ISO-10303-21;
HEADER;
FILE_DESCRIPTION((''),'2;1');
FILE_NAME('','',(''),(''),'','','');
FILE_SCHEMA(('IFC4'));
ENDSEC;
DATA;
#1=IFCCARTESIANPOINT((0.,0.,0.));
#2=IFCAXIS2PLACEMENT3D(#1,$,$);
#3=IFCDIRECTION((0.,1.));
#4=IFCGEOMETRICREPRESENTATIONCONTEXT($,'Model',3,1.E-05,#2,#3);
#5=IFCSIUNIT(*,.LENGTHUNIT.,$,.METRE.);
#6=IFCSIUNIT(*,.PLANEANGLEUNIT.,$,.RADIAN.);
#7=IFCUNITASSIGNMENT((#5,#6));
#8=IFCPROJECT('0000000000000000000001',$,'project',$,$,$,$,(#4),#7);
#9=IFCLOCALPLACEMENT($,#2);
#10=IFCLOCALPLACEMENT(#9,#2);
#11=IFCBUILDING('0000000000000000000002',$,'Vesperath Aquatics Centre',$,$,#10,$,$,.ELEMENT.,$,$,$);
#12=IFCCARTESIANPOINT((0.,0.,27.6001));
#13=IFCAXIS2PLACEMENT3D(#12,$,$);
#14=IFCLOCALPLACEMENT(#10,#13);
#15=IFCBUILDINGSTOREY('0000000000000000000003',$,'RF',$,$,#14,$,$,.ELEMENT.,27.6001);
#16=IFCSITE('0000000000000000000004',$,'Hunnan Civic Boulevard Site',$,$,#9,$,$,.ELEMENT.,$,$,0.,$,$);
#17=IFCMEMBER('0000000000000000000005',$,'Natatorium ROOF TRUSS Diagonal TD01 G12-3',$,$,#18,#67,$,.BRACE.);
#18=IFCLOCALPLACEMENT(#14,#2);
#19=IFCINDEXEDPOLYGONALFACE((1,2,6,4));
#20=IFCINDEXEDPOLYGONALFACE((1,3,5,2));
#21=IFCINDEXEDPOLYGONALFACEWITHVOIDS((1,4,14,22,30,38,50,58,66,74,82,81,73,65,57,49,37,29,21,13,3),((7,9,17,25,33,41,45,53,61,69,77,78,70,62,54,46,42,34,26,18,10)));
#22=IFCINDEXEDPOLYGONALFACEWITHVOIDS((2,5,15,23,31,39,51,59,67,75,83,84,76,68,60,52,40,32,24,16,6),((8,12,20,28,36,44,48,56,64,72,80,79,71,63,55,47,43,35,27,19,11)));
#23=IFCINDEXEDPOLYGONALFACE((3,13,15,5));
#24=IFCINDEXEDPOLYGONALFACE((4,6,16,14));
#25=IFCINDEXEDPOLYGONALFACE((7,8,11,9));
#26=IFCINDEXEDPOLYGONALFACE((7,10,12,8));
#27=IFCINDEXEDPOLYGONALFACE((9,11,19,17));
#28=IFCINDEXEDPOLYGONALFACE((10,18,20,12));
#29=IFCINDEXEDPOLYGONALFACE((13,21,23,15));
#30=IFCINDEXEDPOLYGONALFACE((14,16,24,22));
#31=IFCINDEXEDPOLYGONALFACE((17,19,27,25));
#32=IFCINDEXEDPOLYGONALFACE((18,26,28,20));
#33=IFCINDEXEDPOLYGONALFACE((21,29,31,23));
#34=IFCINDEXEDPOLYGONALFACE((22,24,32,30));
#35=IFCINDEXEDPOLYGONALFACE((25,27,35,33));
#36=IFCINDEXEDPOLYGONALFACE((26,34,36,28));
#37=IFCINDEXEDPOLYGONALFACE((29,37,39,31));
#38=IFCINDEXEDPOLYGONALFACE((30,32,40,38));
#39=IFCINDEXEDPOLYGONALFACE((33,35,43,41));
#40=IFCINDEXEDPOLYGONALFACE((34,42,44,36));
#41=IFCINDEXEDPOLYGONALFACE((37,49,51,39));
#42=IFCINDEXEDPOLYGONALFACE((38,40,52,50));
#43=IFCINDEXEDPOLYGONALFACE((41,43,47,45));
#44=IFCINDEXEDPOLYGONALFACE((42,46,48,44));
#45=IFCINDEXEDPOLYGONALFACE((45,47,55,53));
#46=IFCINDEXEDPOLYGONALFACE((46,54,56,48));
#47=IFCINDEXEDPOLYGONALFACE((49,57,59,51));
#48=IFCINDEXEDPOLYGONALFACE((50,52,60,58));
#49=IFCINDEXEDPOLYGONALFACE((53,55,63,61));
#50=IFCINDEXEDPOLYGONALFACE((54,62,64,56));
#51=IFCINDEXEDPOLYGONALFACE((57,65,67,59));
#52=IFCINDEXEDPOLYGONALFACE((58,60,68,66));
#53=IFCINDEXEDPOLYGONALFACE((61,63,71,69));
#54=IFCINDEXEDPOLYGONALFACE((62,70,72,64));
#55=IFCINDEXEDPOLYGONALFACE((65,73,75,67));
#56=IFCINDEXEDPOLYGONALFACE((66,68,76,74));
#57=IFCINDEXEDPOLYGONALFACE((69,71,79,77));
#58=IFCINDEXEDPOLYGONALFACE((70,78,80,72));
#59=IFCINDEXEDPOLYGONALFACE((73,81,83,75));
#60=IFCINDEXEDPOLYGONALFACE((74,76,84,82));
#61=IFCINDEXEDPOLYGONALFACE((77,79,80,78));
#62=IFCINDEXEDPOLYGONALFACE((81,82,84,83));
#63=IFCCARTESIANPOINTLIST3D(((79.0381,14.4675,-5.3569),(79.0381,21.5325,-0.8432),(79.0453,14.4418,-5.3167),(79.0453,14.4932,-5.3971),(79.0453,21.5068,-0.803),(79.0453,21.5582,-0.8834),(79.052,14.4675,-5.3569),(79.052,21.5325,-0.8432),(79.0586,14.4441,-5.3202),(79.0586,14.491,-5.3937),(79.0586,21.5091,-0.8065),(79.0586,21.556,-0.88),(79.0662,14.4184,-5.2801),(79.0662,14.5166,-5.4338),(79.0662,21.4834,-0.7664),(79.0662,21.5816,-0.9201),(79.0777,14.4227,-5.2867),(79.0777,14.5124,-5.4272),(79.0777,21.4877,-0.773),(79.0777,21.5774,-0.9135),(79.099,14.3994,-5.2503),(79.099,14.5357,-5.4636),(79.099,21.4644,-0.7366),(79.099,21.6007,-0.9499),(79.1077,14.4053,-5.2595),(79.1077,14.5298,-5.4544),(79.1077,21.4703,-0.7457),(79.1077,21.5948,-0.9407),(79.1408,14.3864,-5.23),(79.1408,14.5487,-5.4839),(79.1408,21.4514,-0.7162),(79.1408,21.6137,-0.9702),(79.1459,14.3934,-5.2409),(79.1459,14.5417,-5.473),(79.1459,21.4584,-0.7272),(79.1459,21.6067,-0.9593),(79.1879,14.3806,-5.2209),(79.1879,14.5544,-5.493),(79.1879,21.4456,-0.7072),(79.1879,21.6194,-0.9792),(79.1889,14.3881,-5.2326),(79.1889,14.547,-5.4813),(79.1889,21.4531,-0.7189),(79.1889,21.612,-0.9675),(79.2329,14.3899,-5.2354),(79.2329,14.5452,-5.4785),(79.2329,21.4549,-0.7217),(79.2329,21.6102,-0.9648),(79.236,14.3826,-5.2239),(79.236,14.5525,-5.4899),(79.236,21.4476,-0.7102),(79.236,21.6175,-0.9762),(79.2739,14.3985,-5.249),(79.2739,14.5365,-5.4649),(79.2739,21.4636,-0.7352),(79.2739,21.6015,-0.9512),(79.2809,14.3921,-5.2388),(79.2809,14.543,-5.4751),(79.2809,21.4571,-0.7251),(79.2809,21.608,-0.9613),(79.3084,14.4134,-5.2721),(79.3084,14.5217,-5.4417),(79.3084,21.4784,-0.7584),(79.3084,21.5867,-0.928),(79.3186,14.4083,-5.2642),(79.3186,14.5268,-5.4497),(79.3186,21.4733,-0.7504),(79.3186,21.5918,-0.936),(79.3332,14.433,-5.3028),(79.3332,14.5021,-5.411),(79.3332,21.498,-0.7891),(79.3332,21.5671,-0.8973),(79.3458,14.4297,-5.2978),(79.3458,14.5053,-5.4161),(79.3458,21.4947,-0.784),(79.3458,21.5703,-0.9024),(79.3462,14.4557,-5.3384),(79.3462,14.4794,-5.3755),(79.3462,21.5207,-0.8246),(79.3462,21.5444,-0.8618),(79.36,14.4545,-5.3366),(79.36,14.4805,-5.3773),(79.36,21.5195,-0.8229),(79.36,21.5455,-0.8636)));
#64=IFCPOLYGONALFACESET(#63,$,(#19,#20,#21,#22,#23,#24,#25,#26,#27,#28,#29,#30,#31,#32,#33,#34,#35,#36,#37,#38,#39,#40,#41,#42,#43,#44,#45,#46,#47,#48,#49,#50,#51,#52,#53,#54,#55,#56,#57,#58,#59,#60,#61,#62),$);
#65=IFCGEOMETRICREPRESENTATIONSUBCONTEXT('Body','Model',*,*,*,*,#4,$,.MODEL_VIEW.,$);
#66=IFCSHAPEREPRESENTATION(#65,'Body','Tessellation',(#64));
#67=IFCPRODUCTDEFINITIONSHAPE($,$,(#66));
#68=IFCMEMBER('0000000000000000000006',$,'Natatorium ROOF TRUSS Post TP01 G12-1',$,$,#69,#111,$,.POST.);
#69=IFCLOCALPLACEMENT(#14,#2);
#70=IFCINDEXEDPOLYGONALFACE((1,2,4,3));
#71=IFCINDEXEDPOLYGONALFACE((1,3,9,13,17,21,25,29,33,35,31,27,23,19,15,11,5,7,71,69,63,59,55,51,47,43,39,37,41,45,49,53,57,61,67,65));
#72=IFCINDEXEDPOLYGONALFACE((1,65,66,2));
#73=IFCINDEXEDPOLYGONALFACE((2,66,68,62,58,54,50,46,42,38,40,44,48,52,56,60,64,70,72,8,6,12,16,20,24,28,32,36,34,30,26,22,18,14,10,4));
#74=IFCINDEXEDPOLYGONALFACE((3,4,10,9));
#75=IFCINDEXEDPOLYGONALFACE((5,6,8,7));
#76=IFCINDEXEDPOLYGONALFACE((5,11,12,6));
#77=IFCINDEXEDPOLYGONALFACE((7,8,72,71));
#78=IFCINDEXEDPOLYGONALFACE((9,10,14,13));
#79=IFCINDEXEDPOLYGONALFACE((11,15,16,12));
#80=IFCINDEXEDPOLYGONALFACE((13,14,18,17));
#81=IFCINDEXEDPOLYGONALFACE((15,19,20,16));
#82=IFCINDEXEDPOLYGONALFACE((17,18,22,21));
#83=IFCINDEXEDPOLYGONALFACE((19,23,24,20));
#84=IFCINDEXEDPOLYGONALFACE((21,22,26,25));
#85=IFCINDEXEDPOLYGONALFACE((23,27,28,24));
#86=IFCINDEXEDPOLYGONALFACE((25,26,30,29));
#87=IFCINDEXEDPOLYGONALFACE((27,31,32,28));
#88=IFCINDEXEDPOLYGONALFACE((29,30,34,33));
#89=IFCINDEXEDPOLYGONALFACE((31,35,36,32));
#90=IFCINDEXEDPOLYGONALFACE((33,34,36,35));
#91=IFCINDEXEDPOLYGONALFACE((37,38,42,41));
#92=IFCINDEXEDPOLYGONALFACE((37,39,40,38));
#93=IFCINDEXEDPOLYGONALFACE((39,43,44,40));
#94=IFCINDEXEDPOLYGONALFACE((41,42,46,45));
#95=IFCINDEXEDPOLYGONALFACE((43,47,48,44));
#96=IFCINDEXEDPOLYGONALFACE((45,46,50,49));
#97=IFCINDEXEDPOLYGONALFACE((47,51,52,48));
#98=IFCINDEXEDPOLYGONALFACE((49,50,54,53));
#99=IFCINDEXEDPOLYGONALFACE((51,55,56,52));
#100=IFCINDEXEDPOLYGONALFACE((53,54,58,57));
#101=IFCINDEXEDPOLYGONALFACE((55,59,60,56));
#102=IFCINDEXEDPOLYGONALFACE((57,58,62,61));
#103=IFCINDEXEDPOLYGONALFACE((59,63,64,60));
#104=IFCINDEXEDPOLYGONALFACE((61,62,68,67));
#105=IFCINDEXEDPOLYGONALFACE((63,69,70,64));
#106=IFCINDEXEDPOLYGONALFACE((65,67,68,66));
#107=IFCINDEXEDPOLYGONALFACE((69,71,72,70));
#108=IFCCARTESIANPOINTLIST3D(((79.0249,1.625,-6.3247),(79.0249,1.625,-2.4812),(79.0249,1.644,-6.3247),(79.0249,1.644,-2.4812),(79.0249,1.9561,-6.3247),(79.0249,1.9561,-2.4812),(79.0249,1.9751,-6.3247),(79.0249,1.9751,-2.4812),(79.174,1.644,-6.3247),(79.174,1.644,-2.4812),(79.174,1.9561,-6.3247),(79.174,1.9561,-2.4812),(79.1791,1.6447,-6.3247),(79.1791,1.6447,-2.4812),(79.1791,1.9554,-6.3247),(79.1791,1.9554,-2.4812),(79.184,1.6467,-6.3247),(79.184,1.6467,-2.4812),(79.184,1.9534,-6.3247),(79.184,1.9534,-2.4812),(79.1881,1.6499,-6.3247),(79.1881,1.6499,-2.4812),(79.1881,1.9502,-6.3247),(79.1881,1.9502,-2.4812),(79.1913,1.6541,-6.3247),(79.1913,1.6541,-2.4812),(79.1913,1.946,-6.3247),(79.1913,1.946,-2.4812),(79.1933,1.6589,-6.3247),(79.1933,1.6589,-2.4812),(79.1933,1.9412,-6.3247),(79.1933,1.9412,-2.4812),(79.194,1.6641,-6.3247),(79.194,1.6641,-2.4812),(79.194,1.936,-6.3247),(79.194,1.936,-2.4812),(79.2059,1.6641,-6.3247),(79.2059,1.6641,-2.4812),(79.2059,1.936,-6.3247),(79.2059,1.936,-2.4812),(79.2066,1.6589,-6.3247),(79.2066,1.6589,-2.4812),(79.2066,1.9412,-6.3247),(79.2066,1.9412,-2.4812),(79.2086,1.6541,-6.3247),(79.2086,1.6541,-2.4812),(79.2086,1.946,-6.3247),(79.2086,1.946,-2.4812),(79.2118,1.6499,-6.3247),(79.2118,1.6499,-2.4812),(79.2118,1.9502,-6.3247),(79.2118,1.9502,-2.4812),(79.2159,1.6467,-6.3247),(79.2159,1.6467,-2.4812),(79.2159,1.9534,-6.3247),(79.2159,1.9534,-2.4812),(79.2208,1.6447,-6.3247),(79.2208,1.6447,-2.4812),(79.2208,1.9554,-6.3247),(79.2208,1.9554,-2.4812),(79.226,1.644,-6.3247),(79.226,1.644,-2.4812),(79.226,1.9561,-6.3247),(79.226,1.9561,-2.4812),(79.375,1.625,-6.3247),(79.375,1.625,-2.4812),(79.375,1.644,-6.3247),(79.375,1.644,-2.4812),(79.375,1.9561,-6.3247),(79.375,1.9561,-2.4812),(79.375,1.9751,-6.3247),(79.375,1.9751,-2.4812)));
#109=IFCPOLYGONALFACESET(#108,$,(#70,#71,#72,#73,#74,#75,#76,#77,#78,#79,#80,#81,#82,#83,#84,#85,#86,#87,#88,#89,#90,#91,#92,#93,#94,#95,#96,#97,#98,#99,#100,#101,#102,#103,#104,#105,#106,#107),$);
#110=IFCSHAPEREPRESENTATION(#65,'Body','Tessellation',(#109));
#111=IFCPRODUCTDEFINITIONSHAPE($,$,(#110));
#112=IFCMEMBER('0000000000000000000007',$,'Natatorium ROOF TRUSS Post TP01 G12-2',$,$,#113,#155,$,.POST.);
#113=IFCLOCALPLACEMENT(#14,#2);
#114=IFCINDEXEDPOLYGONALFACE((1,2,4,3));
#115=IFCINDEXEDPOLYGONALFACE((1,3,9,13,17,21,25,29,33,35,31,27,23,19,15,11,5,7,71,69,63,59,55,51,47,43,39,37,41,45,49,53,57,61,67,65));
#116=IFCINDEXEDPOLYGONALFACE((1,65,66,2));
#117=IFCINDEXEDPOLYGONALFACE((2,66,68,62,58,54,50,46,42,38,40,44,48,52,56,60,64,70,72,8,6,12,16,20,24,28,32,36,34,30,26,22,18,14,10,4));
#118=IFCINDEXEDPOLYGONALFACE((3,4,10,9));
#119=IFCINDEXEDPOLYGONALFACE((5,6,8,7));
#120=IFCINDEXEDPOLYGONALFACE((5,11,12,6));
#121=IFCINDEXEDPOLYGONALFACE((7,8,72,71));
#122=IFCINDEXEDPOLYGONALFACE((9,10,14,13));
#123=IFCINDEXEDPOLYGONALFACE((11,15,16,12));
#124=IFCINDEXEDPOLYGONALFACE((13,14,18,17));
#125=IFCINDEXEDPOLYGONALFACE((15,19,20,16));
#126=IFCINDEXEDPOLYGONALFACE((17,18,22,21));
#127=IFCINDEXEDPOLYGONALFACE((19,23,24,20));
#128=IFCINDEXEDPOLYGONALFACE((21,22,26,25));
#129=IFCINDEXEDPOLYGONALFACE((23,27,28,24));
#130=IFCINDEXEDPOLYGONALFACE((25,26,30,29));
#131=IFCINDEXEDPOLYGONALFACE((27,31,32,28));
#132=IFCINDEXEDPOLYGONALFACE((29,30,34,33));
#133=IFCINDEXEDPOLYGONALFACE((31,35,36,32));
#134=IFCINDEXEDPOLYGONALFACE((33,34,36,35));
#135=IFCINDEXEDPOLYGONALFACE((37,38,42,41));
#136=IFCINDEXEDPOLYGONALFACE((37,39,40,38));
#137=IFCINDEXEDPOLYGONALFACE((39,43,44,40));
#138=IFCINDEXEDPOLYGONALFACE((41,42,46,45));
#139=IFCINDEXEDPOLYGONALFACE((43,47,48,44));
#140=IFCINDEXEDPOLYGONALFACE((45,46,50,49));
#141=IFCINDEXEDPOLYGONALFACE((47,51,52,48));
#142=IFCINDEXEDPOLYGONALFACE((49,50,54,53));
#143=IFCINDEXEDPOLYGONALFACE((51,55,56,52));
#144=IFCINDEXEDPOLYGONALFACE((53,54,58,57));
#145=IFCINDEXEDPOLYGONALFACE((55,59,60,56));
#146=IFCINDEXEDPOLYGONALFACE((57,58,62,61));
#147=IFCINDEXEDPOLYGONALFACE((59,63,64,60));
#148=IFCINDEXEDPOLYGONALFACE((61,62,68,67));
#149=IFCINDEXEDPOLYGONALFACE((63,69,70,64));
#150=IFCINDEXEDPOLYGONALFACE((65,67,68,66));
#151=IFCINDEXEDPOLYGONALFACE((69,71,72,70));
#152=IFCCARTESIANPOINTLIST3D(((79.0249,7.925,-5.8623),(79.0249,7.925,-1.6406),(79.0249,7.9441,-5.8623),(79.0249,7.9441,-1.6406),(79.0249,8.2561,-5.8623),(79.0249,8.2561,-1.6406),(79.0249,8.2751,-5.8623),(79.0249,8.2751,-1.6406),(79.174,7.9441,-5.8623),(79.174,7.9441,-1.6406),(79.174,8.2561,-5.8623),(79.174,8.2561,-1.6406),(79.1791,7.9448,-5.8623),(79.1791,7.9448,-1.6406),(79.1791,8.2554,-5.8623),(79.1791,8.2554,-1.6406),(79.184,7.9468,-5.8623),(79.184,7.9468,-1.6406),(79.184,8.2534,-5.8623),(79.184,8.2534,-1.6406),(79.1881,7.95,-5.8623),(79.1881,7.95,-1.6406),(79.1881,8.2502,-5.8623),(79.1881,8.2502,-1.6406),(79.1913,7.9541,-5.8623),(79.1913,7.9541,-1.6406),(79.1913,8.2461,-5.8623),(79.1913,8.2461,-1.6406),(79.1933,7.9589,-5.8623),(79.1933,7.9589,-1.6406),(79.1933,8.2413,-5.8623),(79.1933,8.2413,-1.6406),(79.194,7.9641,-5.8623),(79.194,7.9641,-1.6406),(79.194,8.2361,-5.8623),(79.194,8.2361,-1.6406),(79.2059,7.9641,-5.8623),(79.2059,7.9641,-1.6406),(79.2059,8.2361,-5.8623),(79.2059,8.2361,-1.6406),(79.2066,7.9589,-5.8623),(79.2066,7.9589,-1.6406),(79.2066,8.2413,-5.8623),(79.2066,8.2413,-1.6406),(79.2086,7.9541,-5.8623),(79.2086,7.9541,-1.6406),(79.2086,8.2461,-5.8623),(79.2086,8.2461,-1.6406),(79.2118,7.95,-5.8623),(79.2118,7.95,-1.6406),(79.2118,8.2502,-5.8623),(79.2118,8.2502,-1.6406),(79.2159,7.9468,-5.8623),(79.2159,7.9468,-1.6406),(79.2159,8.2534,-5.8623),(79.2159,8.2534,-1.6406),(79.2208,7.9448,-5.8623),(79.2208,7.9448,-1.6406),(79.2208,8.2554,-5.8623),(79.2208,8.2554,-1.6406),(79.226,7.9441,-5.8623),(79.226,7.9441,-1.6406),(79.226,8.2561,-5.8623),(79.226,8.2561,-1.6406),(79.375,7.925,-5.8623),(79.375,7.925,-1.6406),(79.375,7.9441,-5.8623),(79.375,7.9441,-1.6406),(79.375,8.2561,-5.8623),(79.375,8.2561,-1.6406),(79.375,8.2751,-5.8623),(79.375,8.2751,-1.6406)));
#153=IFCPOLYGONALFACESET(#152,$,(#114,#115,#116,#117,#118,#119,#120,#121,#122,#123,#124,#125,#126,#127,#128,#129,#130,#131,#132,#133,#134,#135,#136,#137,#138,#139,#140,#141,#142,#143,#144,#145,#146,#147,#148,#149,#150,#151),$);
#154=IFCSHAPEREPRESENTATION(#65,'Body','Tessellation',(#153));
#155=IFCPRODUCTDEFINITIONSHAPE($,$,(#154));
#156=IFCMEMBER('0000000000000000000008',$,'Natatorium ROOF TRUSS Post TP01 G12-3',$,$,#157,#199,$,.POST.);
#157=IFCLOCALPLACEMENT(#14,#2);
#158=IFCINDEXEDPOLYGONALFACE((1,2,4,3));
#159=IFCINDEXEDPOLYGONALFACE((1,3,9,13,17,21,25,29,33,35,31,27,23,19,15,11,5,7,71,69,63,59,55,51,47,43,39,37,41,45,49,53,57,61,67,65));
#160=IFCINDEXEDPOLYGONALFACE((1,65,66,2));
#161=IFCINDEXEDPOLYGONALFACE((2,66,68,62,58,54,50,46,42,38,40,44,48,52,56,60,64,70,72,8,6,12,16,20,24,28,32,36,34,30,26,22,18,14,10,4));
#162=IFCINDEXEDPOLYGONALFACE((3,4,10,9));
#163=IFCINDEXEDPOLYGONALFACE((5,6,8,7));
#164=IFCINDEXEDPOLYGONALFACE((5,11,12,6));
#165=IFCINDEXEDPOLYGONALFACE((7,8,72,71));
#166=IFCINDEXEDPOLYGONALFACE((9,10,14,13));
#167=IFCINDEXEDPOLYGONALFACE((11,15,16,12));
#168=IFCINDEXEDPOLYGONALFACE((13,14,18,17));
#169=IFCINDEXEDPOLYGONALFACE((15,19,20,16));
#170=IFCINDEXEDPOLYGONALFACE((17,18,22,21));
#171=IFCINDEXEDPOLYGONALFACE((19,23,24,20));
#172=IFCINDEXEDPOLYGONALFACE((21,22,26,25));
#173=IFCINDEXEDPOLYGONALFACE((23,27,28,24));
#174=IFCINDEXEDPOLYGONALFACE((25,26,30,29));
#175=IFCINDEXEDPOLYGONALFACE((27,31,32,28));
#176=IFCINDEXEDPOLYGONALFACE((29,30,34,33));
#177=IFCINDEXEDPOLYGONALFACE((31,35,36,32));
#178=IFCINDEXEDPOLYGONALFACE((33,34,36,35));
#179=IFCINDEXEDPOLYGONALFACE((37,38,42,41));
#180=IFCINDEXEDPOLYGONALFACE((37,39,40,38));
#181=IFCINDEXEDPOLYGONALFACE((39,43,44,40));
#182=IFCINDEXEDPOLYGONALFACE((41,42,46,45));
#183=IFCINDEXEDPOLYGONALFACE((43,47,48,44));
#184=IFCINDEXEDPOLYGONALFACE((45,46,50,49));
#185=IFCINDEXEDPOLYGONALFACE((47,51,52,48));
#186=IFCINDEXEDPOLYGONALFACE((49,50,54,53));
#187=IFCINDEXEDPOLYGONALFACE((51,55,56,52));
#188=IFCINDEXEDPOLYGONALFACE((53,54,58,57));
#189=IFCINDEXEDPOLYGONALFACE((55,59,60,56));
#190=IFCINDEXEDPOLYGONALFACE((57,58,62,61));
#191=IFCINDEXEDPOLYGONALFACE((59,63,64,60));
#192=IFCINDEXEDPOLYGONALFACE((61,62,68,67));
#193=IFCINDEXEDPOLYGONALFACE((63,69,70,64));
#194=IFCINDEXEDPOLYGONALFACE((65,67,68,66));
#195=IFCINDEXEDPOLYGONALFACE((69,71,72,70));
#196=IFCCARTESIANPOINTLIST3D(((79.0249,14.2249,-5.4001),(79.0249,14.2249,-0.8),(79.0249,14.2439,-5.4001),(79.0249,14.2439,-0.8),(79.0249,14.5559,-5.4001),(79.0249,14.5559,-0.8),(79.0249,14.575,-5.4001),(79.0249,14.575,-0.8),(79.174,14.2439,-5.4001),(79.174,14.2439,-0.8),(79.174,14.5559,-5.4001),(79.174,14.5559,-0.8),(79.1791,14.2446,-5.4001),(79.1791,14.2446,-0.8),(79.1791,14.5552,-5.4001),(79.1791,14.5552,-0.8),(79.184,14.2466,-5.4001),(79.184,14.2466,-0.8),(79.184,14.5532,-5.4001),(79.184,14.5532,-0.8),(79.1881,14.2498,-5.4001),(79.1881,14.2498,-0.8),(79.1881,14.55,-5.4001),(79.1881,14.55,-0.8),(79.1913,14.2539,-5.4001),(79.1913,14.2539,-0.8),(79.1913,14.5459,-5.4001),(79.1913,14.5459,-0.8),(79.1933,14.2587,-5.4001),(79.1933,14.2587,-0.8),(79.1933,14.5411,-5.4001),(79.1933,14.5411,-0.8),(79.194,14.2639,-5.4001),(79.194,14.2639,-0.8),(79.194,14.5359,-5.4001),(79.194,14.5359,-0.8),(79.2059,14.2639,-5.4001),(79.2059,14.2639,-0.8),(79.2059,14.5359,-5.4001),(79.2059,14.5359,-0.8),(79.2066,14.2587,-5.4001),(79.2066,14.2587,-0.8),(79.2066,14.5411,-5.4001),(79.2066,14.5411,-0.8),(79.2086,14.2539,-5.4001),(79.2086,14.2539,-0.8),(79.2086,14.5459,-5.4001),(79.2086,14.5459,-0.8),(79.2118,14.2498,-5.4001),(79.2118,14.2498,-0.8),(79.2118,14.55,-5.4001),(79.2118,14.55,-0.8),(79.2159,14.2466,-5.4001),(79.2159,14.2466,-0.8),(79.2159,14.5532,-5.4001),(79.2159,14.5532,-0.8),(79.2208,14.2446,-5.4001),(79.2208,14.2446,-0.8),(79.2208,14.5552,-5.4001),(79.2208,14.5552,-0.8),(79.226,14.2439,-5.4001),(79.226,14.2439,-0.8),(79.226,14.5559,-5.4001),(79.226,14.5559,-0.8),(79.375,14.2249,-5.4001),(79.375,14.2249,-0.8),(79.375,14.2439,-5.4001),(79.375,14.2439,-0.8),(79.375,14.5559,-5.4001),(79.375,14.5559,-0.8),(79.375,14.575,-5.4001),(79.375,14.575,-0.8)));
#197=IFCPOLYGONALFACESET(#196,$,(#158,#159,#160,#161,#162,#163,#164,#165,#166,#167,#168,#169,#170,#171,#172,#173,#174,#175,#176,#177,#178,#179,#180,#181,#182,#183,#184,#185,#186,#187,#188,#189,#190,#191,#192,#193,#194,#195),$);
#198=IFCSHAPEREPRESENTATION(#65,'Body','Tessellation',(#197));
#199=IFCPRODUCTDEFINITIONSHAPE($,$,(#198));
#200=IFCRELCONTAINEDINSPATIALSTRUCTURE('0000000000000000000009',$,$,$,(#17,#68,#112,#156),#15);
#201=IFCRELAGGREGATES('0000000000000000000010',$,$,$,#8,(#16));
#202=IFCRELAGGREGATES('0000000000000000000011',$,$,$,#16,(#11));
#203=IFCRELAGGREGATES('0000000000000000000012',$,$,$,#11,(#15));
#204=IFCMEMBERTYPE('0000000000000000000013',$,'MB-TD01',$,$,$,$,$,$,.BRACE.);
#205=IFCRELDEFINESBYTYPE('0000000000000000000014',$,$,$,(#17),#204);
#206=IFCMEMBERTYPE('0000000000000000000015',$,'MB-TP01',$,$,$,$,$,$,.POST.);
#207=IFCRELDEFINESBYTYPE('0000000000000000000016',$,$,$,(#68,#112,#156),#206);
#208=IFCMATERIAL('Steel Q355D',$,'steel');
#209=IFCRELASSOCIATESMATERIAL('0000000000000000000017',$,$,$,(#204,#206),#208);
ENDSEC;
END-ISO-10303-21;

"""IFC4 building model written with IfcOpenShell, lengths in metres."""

from ifc_helpers import new_model, si_unit, direction, frame, origin, origin_2d, place, context, subcontext, project, spatial, hollow_circle, i_section, extrude, material, material_profile, profile_set, type_object, element, save


model = new_model("IFC4")

# Units and contexts
model_context = context("Model", 3, precision=1e-05, world=origin(), true_north=direction((0.0, 1.0)))
body_context = subcontext(model_context, "Body", "Model", "MODEL_VIEW")
ifc_project = project(units=[si_unit("LENGTHUNIT", "METRE"), si_unit("PLANEANGLEUNIT", "RADIAN")], contexts=[model_context])

# Site, building, storey
site_placement = place(None, origin())
site = spatial("IfcSite", under=ifc_project, at=site_placement, Name="Hunnan Civic Boulevard Site", CompositionType="ELEMENT", RefElevation=0.0)
building_placement = place(site_placement, origin())
building = spatial("IfcBuilding", under=site, at=building_placement, Name="Vesperath Aquatics Centre", CompositionType="ELEMENT")
storey_placement = place(building_placement, frame((0.0, 0.0, 27.6001)))
storey = spatial("IfcBuildingStorey", under=building, at=storey_placement, Name="RF", CompositionType="ELEMENT", Elevation=27.6001)

# Members
ifc_material_1 = material(Name="Steel Q355D", Category="steel")
ifc_material_profile_1 = material_profile(ifc_material_1, hollow_circle(Radius=0.1619, WallThickness=0.0139, at=origin_2d()), Name="CHS 323.9x14")
ifc_profile_set_1 = profile_set([ifc_material_profile_1], Name="Steel Q355D")
member_type_1 = type_object("IfcMemberType", Name="MB-TD01", PredefinedType="BRACE", material=ifc_profile_set_1)
member_1_placement = place(storey_placement, frame((79.2, 14.4675, -5.3569), z_axis=(0.0, 0.842698, 0.538386), x_axis=(-1.0, 0.0, 0.0)))
element("IfcMember", 1, at=member_1_placement, inside=storey, type_object=member_type_1, Name="Natatorium ROOF TRUSS Diagonal TD01 G12-3", PredefinedType="BRACE", context=body_context, shape_type="SweptSolid", body=[
    extrude(hollow_circle(Radius=0.1619, WallThickness=0.0139, at=origin_2d()), origin(), (0.0, 0.0, 1.0), 8.3838),
])
ifc_material_profile_2 = material_profile(ifc_material_1, i_section(OverallWidth=0.3501, OverallDepth=0.3501, WebThickness=0.012, FlangeThickness=0.019, FilletRadius=0.02, at=origin_2d()), Name="HW 350x350x12x19")
ifc_profile_set_2 = profile_set([ifc_material_profile_2], Name="Steel Q355D")
member_type_2 = type_object("IfcMemberType", Name="MB-TP01", PredefinedType="POST", material=ifc_profile_set_2)
member_2_placement = place(storey_placement, frame((79.2, 1.8, -6.3247), z_axis=(0.0, 0.0, 1.0), x_axis=(1.0, 0.0, 0.0)))
element("IfcMember", 2, at=member_2_placement, inside=storey, type_object=member_type_2, Name="Natatorium ROOF TRUSS Post TP01 G12-1", PredefinedType="POST", context=body_context, shape_type="SweptSolid", body=[
    extrude(i_section(OverallWidth=0.3501, OverallDepth=0.3501, WebThickness=0.012, FlangeThickness=0.019, FilletRadius=0.02, at=origin_2d()), origin(), (0.0, 0.0, 1.0), 3.8435),
])
member_3_placement = place(storey_placement, frame((79.2, 8.1001, -5.8623), z_axis=(0.0, 0.0, 1.0), x_axis=(1.0, 0.0, 0.0)))
element("IfcMember", 3, at=member_3_placement, inside=storey, type_object=member_type_2, Name="Natatorium ROOF TRUSS Post TP01 G12-2", PredefinedType="POST", context=body_context, shape_type="SweptSolid", body=[
    extrude(i_section(OverallWidth=0.3501, OverallDepth=0.3501, WebThickness=0.012, FlangeThickness=0.019, FilletRadius=0.02, at=origin_2d()), origin(), (0.0, 0.0, 1.0), 4.2217),
])
member_4_placement = place(storey_placement, frame((79.2, 14.3999, -5.4001), z_axis=(0.0, 0.0, 1.0), x_axis=(1.0, 0.0, 0.0)))
element("IfcMember", 4, at=member_4_placement, inside=storey, type_object=member_type_2, Name="Natatorium ROOF TRUSS Post TP01 G12-3", PredefinedType="POST", context=body_context, shape_type="SweptSolid", body=[
    extrude(i_section(OverallWidth=0.3501, OverallDepth=0.3501, WebThickness=0.012, FlangeThickness=0.019, FilletRadius=0.02, at=origin_2d()), origin(), (0.0, 0.0, 1.0), 4.6001),
])

save(model, "model.ifc")
